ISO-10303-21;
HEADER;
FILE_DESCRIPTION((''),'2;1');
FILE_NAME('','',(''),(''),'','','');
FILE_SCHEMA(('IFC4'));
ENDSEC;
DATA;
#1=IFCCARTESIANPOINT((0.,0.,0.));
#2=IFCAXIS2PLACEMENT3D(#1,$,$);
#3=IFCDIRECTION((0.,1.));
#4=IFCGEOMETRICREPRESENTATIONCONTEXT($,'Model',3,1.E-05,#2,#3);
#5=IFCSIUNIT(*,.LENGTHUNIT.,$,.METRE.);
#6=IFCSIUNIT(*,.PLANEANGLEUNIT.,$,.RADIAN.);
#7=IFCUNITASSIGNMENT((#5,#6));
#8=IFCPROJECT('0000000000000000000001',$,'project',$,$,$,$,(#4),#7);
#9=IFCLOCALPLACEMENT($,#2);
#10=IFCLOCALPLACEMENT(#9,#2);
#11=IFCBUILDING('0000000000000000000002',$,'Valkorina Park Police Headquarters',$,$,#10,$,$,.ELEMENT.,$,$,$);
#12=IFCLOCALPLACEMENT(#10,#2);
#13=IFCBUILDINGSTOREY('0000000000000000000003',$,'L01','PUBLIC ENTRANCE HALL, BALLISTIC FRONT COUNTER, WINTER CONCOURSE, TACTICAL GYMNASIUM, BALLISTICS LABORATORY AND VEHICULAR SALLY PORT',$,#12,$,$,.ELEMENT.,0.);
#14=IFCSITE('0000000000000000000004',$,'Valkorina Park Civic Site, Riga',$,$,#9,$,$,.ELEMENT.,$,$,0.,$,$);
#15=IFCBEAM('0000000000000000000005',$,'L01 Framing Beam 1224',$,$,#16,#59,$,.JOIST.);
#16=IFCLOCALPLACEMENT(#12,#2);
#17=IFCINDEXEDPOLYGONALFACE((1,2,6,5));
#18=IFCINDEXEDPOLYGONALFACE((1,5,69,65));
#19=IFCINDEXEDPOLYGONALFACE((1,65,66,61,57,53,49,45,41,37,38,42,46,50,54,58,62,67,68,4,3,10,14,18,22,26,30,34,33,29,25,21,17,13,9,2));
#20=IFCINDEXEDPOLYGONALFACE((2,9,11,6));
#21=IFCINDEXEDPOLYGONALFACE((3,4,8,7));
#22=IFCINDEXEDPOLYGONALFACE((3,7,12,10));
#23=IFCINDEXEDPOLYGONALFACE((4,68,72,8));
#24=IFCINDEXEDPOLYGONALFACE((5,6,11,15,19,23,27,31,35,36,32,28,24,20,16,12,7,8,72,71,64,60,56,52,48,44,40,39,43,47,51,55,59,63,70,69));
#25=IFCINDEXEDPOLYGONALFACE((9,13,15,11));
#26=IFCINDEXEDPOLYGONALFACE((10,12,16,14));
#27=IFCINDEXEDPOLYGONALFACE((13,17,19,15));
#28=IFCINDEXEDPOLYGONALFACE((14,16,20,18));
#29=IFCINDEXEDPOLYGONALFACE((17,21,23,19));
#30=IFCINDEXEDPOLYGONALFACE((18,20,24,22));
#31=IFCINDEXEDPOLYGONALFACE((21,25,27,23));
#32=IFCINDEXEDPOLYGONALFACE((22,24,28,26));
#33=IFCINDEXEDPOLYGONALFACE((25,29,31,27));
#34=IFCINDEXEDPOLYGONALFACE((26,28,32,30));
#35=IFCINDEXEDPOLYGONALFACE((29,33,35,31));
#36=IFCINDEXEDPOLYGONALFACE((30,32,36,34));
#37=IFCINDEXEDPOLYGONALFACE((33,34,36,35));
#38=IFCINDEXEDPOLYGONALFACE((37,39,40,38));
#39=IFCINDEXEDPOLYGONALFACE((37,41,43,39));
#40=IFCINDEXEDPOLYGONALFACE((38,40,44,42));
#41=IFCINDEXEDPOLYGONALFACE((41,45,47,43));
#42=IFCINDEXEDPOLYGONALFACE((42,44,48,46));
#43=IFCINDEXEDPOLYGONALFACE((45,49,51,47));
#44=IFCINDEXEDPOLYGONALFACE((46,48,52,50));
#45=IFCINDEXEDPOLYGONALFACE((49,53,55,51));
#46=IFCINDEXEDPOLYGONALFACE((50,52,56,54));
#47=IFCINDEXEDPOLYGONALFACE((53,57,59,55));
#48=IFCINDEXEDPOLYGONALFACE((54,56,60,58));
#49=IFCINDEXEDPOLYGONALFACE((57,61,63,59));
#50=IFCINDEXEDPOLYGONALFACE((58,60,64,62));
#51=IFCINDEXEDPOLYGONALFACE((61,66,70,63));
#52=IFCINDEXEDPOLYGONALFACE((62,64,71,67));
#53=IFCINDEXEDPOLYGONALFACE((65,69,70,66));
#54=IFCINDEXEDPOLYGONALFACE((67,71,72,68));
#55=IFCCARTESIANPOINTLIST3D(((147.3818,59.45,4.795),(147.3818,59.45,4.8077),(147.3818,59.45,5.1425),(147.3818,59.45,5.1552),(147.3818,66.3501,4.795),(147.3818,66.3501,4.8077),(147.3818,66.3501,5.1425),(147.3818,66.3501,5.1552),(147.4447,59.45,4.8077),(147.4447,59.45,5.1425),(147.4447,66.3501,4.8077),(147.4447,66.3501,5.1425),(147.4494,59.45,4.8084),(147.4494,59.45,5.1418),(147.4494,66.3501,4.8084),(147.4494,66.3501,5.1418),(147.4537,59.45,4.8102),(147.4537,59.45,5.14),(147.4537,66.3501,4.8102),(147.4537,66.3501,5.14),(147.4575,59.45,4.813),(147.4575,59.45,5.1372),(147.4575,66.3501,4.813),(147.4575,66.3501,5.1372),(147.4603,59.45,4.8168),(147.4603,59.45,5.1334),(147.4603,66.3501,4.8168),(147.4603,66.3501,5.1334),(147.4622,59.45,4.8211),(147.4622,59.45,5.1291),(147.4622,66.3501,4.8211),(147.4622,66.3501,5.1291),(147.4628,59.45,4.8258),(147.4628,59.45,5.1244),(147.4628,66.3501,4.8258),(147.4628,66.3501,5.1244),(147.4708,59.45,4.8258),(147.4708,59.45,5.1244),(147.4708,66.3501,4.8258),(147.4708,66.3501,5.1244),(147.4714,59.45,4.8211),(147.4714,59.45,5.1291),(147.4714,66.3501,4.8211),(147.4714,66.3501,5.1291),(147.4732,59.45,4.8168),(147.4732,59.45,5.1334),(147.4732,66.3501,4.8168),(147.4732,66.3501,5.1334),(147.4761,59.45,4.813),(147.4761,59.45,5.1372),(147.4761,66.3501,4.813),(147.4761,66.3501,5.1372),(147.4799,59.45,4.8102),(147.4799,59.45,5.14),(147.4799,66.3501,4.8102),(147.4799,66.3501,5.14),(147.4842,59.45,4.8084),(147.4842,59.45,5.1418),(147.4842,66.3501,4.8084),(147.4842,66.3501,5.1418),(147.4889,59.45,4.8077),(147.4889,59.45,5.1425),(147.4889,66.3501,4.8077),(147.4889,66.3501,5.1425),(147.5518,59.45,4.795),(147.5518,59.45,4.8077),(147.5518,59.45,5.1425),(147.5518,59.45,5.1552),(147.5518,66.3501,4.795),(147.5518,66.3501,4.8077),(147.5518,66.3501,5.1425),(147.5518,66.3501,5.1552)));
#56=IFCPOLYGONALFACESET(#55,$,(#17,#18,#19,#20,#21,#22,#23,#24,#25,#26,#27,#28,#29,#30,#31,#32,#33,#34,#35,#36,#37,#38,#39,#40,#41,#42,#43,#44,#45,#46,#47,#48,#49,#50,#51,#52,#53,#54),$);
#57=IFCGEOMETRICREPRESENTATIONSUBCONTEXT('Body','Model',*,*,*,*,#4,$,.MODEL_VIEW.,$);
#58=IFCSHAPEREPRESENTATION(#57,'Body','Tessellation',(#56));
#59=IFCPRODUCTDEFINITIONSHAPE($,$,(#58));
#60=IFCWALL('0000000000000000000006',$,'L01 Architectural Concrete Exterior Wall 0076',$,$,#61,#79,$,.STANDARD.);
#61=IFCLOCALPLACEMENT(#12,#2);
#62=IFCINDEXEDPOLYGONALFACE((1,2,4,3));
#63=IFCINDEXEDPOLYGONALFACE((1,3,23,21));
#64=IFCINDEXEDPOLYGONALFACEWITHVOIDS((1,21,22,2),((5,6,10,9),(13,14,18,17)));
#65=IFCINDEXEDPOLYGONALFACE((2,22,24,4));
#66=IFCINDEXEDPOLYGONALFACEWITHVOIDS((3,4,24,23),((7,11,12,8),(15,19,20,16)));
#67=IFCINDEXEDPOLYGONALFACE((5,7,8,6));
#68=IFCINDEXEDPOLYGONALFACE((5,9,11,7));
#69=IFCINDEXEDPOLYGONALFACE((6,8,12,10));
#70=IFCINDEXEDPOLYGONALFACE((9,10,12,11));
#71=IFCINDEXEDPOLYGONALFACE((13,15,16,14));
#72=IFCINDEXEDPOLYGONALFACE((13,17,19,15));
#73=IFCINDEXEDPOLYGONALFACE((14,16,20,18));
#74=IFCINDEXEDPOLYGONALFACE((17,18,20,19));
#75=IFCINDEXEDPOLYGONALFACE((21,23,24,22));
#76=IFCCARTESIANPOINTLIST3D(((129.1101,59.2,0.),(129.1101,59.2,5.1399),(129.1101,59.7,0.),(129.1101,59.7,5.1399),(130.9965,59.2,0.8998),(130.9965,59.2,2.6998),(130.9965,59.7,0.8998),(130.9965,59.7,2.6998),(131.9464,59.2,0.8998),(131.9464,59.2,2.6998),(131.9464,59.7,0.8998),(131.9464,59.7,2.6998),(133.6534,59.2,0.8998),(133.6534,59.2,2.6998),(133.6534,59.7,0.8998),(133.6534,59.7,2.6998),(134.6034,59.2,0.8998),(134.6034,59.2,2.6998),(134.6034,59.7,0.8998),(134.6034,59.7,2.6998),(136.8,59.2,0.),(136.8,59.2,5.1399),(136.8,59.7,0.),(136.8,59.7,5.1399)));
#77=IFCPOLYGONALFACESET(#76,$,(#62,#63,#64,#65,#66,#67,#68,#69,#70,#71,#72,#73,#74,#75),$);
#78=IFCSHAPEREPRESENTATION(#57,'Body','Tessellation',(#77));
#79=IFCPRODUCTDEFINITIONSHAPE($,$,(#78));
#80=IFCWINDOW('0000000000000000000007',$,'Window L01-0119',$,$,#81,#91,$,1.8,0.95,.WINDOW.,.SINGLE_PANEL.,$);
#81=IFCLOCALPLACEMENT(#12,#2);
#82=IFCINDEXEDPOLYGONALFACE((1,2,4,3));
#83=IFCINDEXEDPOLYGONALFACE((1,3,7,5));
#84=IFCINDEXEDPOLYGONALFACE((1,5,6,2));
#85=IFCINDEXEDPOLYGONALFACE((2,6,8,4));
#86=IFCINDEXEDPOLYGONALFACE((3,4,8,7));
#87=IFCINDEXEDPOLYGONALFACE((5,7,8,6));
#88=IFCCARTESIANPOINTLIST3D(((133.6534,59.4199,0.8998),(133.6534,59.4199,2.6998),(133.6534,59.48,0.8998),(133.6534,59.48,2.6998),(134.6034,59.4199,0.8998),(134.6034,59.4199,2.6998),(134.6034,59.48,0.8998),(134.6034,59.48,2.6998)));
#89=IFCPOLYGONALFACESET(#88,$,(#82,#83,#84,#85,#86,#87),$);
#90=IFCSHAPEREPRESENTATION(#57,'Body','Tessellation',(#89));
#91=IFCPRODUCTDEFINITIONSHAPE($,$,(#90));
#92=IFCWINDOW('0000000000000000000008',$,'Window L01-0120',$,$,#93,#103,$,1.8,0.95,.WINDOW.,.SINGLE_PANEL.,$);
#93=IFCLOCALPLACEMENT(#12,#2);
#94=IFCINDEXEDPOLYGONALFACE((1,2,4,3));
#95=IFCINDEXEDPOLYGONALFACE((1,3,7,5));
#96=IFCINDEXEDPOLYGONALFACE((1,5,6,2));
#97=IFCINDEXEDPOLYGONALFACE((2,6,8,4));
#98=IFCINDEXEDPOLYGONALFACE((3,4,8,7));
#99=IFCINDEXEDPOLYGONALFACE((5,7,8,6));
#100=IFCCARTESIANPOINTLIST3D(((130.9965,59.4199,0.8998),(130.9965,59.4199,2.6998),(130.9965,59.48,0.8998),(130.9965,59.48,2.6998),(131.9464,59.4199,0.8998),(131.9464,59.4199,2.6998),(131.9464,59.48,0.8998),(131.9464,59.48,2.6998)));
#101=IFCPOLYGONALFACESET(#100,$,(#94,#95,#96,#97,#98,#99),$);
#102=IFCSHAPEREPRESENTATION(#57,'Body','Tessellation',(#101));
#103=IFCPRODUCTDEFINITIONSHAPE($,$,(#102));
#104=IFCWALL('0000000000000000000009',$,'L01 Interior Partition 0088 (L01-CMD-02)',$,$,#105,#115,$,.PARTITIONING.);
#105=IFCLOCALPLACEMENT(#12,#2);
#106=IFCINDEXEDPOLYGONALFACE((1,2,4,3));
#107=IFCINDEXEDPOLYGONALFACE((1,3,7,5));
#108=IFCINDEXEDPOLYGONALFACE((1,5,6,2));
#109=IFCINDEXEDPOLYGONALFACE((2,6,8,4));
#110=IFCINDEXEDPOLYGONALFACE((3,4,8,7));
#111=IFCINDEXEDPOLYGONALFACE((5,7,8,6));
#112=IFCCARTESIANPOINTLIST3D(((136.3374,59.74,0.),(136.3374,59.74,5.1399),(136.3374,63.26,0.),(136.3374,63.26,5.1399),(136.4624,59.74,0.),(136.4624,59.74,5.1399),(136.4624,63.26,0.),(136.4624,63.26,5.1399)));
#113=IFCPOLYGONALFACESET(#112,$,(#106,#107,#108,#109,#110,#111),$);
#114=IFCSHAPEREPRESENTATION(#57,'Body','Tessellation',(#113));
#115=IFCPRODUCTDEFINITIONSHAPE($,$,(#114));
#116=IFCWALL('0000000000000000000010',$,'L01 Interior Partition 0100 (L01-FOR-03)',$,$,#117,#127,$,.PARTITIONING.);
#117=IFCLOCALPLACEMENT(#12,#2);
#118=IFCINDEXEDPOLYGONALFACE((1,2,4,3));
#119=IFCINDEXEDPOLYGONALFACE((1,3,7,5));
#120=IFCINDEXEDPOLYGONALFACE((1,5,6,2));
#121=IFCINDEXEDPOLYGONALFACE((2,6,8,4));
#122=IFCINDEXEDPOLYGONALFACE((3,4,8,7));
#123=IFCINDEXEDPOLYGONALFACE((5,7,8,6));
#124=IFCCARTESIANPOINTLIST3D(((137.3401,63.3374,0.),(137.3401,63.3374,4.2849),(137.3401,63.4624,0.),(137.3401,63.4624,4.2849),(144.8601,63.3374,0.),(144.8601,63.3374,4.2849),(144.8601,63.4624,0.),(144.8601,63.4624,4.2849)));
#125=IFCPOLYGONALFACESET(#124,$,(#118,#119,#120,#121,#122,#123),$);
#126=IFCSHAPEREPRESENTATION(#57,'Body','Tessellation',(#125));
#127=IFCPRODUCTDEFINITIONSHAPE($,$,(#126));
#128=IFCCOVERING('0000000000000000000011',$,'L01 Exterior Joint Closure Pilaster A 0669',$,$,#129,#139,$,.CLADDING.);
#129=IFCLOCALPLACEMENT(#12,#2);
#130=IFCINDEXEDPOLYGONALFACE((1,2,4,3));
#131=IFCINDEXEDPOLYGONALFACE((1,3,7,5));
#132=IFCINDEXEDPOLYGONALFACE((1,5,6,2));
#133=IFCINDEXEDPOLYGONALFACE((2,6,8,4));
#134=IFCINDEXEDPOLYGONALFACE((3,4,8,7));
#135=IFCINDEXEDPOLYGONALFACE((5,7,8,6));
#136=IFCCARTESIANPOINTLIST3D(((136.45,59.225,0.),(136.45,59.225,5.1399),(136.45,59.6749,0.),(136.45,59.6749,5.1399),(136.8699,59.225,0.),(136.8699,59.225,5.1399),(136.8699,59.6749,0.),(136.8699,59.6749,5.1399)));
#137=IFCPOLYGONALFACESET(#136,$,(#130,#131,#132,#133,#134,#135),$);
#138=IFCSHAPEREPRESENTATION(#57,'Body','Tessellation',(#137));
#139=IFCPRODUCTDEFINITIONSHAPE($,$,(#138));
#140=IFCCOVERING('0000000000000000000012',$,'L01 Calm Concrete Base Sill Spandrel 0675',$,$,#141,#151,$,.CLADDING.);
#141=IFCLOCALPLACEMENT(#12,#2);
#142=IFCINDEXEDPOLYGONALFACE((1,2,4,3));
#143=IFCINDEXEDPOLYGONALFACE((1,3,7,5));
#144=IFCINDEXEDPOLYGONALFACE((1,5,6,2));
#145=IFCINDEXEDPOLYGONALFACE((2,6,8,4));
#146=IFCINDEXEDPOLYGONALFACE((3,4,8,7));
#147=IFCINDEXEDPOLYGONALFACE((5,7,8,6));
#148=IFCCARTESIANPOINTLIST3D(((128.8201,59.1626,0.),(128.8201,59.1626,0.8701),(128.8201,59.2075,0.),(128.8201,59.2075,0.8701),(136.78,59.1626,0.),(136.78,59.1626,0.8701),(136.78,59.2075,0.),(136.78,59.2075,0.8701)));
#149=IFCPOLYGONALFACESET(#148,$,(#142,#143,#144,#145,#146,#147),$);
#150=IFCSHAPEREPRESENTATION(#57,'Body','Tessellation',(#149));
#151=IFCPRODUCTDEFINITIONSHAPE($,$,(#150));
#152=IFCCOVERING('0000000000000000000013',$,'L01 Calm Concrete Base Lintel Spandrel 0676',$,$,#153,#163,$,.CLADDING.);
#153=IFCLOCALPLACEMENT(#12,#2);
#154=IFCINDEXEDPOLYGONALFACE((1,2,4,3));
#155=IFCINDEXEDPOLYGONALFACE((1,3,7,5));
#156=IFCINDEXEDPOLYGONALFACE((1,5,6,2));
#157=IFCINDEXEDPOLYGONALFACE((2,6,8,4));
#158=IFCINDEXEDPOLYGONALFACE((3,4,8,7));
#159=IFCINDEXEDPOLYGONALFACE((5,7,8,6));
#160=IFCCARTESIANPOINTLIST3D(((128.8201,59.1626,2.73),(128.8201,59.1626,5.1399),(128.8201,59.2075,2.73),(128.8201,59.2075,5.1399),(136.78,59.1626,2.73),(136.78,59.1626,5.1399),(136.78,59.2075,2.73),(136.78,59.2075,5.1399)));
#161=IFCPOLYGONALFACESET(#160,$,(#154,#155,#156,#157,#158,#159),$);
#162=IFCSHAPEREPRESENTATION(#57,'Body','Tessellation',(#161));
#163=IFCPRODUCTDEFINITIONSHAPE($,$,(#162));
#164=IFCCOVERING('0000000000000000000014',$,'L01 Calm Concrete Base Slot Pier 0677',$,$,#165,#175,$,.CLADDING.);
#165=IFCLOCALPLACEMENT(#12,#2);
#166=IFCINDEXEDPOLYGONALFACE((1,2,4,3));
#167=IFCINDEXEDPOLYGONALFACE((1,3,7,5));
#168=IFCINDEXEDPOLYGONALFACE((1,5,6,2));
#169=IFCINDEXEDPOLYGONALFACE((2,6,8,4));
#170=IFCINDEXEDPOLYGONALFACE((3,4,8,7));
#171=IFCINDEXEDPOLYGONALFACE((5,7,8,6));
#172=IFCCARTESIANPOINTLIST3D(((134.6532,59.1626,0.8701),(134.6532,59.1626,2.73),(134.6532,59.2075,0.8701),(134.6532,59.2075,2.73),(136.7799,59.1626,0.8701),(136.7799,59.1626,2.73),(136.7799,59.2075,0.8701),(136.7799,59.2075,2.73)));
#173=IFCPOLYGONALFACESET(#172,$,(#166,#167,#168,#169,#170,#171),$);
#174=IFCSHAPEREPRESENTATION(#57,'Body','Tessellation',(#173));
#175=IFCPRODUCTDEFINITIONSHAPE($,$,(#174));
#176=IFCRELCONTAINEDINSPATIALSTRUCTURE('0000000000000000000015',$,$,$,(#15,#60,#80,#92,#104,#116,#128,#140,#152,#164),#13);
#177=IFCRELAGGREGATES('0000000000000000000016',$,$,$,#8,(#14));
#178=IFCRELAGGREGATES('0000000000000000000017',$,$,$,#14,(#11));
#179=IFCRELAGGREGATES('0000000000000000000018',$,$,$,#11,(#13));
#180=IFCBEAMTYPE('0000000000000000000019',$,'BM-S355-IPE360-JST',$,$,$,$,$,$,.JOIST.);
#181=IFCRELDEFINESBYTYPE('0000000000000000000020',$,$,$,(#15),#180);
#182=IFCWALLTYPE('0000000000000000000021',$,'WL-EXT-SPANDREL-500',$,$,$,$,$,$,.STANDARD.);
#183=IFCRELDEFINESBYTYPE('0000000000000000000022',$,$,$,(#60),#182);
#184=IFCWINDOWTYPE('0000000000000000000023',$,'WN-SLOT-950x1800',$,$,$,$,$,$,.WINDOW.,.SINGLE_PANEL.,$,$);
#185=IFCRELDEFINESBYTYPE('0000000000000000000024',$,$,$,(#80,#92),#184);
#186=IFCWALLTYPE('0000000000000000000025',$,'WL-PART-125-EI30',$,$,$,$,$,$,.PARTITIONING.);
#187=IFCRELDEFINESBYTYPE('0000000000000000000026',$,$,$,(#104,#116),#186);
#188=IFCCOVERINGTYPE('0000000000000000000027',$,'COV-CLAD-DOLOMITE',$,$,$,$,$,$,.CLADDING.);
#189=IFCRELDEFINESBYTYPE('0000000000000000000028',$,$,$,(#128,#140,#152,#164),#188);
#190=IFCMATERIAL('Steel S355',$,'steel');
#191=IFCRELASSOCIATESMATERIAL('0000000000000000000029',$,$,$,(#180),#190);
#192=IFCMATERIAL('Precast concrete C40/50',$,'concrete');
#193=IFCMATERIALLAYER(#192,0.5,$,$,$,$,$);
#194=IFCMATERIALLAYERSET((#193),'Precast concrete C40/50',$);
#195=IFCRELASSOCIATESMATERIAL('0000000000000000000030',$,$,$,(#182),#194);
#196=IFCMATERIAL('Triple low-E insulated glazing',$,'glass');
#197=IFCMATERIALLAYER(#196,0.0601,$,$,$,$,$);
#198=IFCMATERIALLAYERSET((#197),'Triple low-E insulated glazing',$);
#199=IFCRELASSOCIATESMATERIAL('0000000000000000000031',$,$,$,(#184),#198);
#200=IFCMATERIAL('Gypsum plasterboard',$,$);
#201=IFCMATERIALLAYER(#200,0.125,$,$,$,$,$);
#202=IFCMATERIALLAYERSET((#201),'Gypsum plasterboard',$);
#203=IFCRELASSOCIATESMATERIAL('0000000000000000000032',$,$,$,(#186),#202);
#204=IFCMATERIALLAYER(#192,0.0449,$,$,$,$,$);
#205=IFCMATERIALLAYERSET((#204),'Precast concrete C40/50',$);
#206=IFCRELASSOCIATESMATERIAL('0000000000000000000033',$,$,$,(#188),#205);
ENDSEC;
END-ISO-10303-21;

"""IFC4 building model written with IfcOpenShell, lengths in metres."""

from ifc_helpers import new_model, si_unit, direction, frame, frame_2d, origin, origin_2d, place, context, subcontext, project, spatial, rectangle, i_section, extrude, material, layer, layer_set, material_profile, profile_set, type_object, element, fill, save


model = new_model("IFC4")

# Units and contexts
model_context = context("Model", 3, precision=1e-05, world=origin(), true_north=direction((0.0, 1.0)))
body_context = subcontext(model_context, "Body", "Model", "MODEL_VIEW")
ifc_project = project(units=[si_unit("LENGTHUNIT", "METRE"), si_unit("PLANEANGLEUNIT", "RADIAN")], contexts=[model_context])

# Site, building, storey
site_placement = place(None, origin())
site = spatial("IfcSite", under=ifc_project, at=site_placement, Name="Valkorina Park Civic Site, Riga", CompositionType="ELEMENT", RefElevation=0.0)
building_placement = place(site_placement, origin())
building = spatial("IfcBuilding", under=site, at=building_placement, Name="Valkorina Park Police Headquarters", CompositionType="ELEMENT")
storey_placement = place(building_placement, origin())
storey = spatial("IfcBuildingStorey", under=building, at=storey_placement, Name="L01", Description="PUBLIC ENTRANCE HALL, BALLISTIC FRONT COUNTER, WINTER CONCOURSE, TACTICAL GYMNASIUM, BALLISTICS LABORATORY AND VEHICULAR SALLY PORT", CompositionType="ELEMENT", Elevation=0.0)

# Beam
ifc_material_1 = material(Name="Steel S355", Category="steel")
ifc_material_profile_1 = material_profile(ifc_material_1, i_section(OverallWidth=0.1699, OverallDepth=0.3601, WebThickness=0.0081, FlangeThickness=0.0127, FilletRadius=0.0181, at=origin_2d()), Name="IPE 360")
ifc_profile_set_1 = profile_set([ifc_material_profile_1], Name="Steel S355")
beam_type_1 = type_object("IfcBeamType", Name="BM-S355-IPE360-JST", PredefinedType="JOIST", material=ifc_profile_set_1)
for number, where, z_axis, x_axis, name in (
    (1, (147.4668, 59.45, 4.9751), (0.0, 1.0, 0.0), (-1.0, 0.0, 0.0), "L01 Framing Beam 1224"),
):
    element("IfcBeam", number, at=place(storey_placement, frame(where, z_axis=z_axis, x_axis=x_axis)), inside=storey, type_object=beam_type_1, Name=name, PredefinedType="JOIST", context=body_context, shape_type="SweptSolid", body=[
        extrude(i_section(OverallWidth=0.1699, OverallDepth=0.3601, WebThickness=0.0081, FlangeThickness=0.0127, FilletRadius=0.0181, at=origin_2d()), origin(), (0.0, 0.0, 1.0), 6.9001),
    ])

# Wall, openings, windows
ifc_material_2 = material(Name="Precast concrete C40/50", Category="concrete")
ifc_layer_1 = layer(ifc_material_2, 0.5)
ifc_layer_set_1 = layer_set([ifc_layer_1], Name="Precast concrete C40/50")
wall_type_1 = type_object("IfcWallType", Name="WL-EXT-SPANDREL-500", PredefinedType="STANDARD", material=ifc_layer_set_1)
wall_1_placement = place(storey_placement, frame((136.8, 59.45, 0.0), z_axis=(0.0, 0.0, 1.0), x_axis=(-1.0, 0.0, 0.0)))
wall_1 = element("IfcWall", 2, at=wall_1_placement, inside=storey, type_object=wall_type_1, Name="L01 Architectural Concrete Exterior Wall 0076", PredefinedType="STANDARD", context=body_context, shape_type="SweptSolid", body=[
    extrude(rectangle(XDim=7.6899, YDim=0.5, at=frame_2d((3.845, 0.0))), origin(), (0.0, 0.0, 1.0), 5.1399),
])
opening_1_placement = place(wall_1_placement, frame((2.1965, 0.0, 0.8999)))
opening_1 = element("IfcOpeningElement", 3, at=opening_1_placement, cuts=wall_1, PredefinedType="OPENING", context=body_context, shape_type="SweptSolid", body=[
    extrude(rectangle(XDim=0.95, YDim=1.8, at=frame_2d((0.4751, 0.8999))), frame((0.0, 0.26, 0.0), z_axis=(0.0, -1.0, 0.0), x_axis=(1.0, 0.0, 0.0)), (0.0, 0.0, 1.0), 0.52),
])
opening_2_placement = place(wall_1_placement, frame((4.8535, 0.0, 0.8999)))
opening_2 = element("IfcOpeningElement", 4, at=opening_2_placement, cuts=wall_1, PredefinedType="OPENING", context=body_context, shape_type="SweptSolid", body=[
    extrude(rectangle(XDim=0.95, YDim=1.8, at=frame_2d((0.4751, 0.8999))), frame((0.0, 0.26, 0.0), z_axis=(0.0, -1.0, 0.0), x_axis=(1.0, 0.0, 0.0)), (0.0, 0.0, 1.0), 0.52),
])
ifc_material_3 = material(Name="Triple low-E insulated glazing", Category="glass")
ifc_layer_2 = layer(ifc_material_3, 0.0601)
ifc_layer_set_2 = layer_set([ifc_layer_2], Name="Triple low-E insulated glazing")
window_type = type_object("IfcWindowType", Name="WN-SLOT-950x1800", PartitioningType="SINGLE_PANEL", PredefinedType="WINDOW", material=ifc_layer_set_2)
window_1_placement = place(opening_1_placement, origin())
window_1 = element("IfcWindow", 5, at=window_1_placement, inside=storey, type_object=window_type, Name="Window L01-0119", OverallHeight=1.8, OverallWidth=0.95, PartitioningType="SINGLE_PANEL", PredefinedType="WINDOW", context=body_context, shape_type="SweptSolid", body=[
    extrude(rectangle(XDim=0.95, YDim=1.8, at=frame_2d((0.4751, 0.8999))), frame((0.0, 0.03, 0.0), z_axis=(0.0, -1.0, 0.0), x_axis=(1.0, 0.0, 0.0)), (0.0, 0.0, 1.0), 0.0601),
])
fill(opening_1, window_1)
window_2_placement = place(opening_2_placement, origin())
window_2 = element("IfcWindow", 6, at=window_2_placement, inside=storey, type_object=window_type, Name="Window L01-0120", OverallHeight=1.8, OverallWidth=0.95, PartitioningType="SINGLE_PANEL", PredefinedType="WINDOW", context=body_context, shape_type="SweptSolid", body=[
    extrude(rectangle(XDim=0.95, YDim=1.8, at=frame_2d((0.4751, 0.8999))), frame((0.0, 0.03, 0.0), z_axis=(0.0, -1.0, 0.0), x_axis=(1.0, 0.0, 0.0)), (0.0, 0.0, 1.0), 0.0601),
])
fill(opening_2, window_2)

# Walls
ifc_material_4 = material(Name="Gypsum plasterboard")
ifc_layer_3 = layer(ifc_material_4, 0.125)
ifc_layer_set_3 = layer_set([ifc_layer_3], Name="Gypsum plasterboard")
wall_type_2 = type_object("IfcWallType", Name="WL-PART-125-EI30", PredefinedType="PARTITIONING", material=ifc_layer_set_3)
wall_2_placement = place(storey_placement, frame((136.3999, 59.74, 0.0), z_axis=(0.0, 0.0, 1.0), x_axis=(0.0, 1.0, 0.0)))
element("IfcWall", 7, at=wall_2_placement, inside=storey, type_object=wall_type_2, Name="L01 Interior Partition 0088 (L01-CMD-02)", PredefinedType="PARTITIONING", context=body_context, shape_type="SweptSolid", body=[
    extrude(rectangle(XDim=3.52, YDim=0.125, at=frame_2d((1.76, 0.0))), origin(), (0.0, 0.0, 1.0), 5.1399),
])
wall_3_placement = place(storey_placement, frame((137.3401, 63.3999, 0.0), z_axis=(0.0, 0.0, 1.0), x_axis=(1.0, 0.0, 0.0)))
element("IfcWall", 8, at=wall_3_placement, inside=storey, type_object=wall_type_2, Name="L01 Interior Partition 0100 (L01-FOR-03)", PredefinedType="PARTITIONING", context=body_context, shape_type="SweptSolid", body=[
    extrude(rectangle(XDim=7.52, YDim=0.125, at=frame_2d((3.76, 0.0))), origin(), (0.0, 0.0, 1.0), 4.2849),
])

# Coverings
ifc_layer_4 = layer(ifc_material_2, 0.0449)
ifc_layer_set_4 = layer_set([ifc_layer_4], Name="Precast concrete C40/50")
covering_type = type_object("IfcCoveringType", Name="COV-CLAD-DOLOMITE", PredefinedType="CLADDING", material=ifc_layer_set_4)
covering_1_placement = place(storey_placement, frame((136.6599, 59.45, 0.0), z_axis=(0.0, 0.0, 1.0), x_axis=(1.0, 0.0, 0.0)))
element("IfcCovering", 9, at=covering_1_placement, inside=storey, type_object=covering_type, Name="L01 Exterior Joint Closure Pilaster A 0669", PredefinedType="CLADDING", context=body_context, shape_type="SweptSolid", body=[
    extrude(rectangle(XDim=0.4199, YDim=0.45, at=origin_2d()), origin(), (0.0, 0.0, 1.0), 5.1399),
])
covering_2_placement = place(storey_placement, frame((136.78, 59.1851, 0.0), z_axis=(0.0, 0.0, 1.0), x_axis=(-1.0, 0.0, 0.0)))
element("IfcCovering", 10, at=covering_2_placement, inside=storey, type_object=covering_type, Name="L01 Calm Concrete Base Sill Spandrel 0675", PredefinedType="CLADDING", context=body_context, shape_type="SweptSolid", body=[
    extrude(rectangle(XDim=7.96, YDim=0.0449, at=frame_2d((3.98, 0.0))), origin(), (0.0, 0.0, 1.0), 0.8701),
])
covering_3_placement = place(storey_placement, frame((136.78, 59.1851, 2.73), z_axis=(0.0, 0.0, 1.0), x_axis=(-1.0, 0.0, 0.0)))
element("IfcCovering", 11, at=covering_3_placement, inside=storey, type_object=covering_type, Name="L01 Calm Concrete Base Lintel Spandrel 0676", PredefinedType="CLADDING", context=body_context, shape_type="SweptSolid", body=[
    extrude(rectangle(XDim=7.96, YDim=0.0449, at=frame_2d((3.98, 0.0))), origin(), (0.0, 0.0, 1.0), 2.4099),
])
covering_4_placement = place(storey_placement, frame((136.78, 59.1851, 0.8701), z_axis=(0.0, 0.0, 1.0), x_axis=(-1.0, 0.0, 0.0)))
element("IfcCovering", 12, at=covering_4_placement, inside=storey, type_object=covering_type, Name="L01 Calm Concrete Base Slot Pier 0677", PredefinedType="CLADDING", context=body_context, shape_type="SweptSolid", body=[
    extrude(rectangle(XDim=2.1267, YDim=0.0449, at=frame_2d((1.0635, 0.0))), origin(), (0.0, 0.0, 1.0), 1.8599),
])

save(model, "model.ifc")
